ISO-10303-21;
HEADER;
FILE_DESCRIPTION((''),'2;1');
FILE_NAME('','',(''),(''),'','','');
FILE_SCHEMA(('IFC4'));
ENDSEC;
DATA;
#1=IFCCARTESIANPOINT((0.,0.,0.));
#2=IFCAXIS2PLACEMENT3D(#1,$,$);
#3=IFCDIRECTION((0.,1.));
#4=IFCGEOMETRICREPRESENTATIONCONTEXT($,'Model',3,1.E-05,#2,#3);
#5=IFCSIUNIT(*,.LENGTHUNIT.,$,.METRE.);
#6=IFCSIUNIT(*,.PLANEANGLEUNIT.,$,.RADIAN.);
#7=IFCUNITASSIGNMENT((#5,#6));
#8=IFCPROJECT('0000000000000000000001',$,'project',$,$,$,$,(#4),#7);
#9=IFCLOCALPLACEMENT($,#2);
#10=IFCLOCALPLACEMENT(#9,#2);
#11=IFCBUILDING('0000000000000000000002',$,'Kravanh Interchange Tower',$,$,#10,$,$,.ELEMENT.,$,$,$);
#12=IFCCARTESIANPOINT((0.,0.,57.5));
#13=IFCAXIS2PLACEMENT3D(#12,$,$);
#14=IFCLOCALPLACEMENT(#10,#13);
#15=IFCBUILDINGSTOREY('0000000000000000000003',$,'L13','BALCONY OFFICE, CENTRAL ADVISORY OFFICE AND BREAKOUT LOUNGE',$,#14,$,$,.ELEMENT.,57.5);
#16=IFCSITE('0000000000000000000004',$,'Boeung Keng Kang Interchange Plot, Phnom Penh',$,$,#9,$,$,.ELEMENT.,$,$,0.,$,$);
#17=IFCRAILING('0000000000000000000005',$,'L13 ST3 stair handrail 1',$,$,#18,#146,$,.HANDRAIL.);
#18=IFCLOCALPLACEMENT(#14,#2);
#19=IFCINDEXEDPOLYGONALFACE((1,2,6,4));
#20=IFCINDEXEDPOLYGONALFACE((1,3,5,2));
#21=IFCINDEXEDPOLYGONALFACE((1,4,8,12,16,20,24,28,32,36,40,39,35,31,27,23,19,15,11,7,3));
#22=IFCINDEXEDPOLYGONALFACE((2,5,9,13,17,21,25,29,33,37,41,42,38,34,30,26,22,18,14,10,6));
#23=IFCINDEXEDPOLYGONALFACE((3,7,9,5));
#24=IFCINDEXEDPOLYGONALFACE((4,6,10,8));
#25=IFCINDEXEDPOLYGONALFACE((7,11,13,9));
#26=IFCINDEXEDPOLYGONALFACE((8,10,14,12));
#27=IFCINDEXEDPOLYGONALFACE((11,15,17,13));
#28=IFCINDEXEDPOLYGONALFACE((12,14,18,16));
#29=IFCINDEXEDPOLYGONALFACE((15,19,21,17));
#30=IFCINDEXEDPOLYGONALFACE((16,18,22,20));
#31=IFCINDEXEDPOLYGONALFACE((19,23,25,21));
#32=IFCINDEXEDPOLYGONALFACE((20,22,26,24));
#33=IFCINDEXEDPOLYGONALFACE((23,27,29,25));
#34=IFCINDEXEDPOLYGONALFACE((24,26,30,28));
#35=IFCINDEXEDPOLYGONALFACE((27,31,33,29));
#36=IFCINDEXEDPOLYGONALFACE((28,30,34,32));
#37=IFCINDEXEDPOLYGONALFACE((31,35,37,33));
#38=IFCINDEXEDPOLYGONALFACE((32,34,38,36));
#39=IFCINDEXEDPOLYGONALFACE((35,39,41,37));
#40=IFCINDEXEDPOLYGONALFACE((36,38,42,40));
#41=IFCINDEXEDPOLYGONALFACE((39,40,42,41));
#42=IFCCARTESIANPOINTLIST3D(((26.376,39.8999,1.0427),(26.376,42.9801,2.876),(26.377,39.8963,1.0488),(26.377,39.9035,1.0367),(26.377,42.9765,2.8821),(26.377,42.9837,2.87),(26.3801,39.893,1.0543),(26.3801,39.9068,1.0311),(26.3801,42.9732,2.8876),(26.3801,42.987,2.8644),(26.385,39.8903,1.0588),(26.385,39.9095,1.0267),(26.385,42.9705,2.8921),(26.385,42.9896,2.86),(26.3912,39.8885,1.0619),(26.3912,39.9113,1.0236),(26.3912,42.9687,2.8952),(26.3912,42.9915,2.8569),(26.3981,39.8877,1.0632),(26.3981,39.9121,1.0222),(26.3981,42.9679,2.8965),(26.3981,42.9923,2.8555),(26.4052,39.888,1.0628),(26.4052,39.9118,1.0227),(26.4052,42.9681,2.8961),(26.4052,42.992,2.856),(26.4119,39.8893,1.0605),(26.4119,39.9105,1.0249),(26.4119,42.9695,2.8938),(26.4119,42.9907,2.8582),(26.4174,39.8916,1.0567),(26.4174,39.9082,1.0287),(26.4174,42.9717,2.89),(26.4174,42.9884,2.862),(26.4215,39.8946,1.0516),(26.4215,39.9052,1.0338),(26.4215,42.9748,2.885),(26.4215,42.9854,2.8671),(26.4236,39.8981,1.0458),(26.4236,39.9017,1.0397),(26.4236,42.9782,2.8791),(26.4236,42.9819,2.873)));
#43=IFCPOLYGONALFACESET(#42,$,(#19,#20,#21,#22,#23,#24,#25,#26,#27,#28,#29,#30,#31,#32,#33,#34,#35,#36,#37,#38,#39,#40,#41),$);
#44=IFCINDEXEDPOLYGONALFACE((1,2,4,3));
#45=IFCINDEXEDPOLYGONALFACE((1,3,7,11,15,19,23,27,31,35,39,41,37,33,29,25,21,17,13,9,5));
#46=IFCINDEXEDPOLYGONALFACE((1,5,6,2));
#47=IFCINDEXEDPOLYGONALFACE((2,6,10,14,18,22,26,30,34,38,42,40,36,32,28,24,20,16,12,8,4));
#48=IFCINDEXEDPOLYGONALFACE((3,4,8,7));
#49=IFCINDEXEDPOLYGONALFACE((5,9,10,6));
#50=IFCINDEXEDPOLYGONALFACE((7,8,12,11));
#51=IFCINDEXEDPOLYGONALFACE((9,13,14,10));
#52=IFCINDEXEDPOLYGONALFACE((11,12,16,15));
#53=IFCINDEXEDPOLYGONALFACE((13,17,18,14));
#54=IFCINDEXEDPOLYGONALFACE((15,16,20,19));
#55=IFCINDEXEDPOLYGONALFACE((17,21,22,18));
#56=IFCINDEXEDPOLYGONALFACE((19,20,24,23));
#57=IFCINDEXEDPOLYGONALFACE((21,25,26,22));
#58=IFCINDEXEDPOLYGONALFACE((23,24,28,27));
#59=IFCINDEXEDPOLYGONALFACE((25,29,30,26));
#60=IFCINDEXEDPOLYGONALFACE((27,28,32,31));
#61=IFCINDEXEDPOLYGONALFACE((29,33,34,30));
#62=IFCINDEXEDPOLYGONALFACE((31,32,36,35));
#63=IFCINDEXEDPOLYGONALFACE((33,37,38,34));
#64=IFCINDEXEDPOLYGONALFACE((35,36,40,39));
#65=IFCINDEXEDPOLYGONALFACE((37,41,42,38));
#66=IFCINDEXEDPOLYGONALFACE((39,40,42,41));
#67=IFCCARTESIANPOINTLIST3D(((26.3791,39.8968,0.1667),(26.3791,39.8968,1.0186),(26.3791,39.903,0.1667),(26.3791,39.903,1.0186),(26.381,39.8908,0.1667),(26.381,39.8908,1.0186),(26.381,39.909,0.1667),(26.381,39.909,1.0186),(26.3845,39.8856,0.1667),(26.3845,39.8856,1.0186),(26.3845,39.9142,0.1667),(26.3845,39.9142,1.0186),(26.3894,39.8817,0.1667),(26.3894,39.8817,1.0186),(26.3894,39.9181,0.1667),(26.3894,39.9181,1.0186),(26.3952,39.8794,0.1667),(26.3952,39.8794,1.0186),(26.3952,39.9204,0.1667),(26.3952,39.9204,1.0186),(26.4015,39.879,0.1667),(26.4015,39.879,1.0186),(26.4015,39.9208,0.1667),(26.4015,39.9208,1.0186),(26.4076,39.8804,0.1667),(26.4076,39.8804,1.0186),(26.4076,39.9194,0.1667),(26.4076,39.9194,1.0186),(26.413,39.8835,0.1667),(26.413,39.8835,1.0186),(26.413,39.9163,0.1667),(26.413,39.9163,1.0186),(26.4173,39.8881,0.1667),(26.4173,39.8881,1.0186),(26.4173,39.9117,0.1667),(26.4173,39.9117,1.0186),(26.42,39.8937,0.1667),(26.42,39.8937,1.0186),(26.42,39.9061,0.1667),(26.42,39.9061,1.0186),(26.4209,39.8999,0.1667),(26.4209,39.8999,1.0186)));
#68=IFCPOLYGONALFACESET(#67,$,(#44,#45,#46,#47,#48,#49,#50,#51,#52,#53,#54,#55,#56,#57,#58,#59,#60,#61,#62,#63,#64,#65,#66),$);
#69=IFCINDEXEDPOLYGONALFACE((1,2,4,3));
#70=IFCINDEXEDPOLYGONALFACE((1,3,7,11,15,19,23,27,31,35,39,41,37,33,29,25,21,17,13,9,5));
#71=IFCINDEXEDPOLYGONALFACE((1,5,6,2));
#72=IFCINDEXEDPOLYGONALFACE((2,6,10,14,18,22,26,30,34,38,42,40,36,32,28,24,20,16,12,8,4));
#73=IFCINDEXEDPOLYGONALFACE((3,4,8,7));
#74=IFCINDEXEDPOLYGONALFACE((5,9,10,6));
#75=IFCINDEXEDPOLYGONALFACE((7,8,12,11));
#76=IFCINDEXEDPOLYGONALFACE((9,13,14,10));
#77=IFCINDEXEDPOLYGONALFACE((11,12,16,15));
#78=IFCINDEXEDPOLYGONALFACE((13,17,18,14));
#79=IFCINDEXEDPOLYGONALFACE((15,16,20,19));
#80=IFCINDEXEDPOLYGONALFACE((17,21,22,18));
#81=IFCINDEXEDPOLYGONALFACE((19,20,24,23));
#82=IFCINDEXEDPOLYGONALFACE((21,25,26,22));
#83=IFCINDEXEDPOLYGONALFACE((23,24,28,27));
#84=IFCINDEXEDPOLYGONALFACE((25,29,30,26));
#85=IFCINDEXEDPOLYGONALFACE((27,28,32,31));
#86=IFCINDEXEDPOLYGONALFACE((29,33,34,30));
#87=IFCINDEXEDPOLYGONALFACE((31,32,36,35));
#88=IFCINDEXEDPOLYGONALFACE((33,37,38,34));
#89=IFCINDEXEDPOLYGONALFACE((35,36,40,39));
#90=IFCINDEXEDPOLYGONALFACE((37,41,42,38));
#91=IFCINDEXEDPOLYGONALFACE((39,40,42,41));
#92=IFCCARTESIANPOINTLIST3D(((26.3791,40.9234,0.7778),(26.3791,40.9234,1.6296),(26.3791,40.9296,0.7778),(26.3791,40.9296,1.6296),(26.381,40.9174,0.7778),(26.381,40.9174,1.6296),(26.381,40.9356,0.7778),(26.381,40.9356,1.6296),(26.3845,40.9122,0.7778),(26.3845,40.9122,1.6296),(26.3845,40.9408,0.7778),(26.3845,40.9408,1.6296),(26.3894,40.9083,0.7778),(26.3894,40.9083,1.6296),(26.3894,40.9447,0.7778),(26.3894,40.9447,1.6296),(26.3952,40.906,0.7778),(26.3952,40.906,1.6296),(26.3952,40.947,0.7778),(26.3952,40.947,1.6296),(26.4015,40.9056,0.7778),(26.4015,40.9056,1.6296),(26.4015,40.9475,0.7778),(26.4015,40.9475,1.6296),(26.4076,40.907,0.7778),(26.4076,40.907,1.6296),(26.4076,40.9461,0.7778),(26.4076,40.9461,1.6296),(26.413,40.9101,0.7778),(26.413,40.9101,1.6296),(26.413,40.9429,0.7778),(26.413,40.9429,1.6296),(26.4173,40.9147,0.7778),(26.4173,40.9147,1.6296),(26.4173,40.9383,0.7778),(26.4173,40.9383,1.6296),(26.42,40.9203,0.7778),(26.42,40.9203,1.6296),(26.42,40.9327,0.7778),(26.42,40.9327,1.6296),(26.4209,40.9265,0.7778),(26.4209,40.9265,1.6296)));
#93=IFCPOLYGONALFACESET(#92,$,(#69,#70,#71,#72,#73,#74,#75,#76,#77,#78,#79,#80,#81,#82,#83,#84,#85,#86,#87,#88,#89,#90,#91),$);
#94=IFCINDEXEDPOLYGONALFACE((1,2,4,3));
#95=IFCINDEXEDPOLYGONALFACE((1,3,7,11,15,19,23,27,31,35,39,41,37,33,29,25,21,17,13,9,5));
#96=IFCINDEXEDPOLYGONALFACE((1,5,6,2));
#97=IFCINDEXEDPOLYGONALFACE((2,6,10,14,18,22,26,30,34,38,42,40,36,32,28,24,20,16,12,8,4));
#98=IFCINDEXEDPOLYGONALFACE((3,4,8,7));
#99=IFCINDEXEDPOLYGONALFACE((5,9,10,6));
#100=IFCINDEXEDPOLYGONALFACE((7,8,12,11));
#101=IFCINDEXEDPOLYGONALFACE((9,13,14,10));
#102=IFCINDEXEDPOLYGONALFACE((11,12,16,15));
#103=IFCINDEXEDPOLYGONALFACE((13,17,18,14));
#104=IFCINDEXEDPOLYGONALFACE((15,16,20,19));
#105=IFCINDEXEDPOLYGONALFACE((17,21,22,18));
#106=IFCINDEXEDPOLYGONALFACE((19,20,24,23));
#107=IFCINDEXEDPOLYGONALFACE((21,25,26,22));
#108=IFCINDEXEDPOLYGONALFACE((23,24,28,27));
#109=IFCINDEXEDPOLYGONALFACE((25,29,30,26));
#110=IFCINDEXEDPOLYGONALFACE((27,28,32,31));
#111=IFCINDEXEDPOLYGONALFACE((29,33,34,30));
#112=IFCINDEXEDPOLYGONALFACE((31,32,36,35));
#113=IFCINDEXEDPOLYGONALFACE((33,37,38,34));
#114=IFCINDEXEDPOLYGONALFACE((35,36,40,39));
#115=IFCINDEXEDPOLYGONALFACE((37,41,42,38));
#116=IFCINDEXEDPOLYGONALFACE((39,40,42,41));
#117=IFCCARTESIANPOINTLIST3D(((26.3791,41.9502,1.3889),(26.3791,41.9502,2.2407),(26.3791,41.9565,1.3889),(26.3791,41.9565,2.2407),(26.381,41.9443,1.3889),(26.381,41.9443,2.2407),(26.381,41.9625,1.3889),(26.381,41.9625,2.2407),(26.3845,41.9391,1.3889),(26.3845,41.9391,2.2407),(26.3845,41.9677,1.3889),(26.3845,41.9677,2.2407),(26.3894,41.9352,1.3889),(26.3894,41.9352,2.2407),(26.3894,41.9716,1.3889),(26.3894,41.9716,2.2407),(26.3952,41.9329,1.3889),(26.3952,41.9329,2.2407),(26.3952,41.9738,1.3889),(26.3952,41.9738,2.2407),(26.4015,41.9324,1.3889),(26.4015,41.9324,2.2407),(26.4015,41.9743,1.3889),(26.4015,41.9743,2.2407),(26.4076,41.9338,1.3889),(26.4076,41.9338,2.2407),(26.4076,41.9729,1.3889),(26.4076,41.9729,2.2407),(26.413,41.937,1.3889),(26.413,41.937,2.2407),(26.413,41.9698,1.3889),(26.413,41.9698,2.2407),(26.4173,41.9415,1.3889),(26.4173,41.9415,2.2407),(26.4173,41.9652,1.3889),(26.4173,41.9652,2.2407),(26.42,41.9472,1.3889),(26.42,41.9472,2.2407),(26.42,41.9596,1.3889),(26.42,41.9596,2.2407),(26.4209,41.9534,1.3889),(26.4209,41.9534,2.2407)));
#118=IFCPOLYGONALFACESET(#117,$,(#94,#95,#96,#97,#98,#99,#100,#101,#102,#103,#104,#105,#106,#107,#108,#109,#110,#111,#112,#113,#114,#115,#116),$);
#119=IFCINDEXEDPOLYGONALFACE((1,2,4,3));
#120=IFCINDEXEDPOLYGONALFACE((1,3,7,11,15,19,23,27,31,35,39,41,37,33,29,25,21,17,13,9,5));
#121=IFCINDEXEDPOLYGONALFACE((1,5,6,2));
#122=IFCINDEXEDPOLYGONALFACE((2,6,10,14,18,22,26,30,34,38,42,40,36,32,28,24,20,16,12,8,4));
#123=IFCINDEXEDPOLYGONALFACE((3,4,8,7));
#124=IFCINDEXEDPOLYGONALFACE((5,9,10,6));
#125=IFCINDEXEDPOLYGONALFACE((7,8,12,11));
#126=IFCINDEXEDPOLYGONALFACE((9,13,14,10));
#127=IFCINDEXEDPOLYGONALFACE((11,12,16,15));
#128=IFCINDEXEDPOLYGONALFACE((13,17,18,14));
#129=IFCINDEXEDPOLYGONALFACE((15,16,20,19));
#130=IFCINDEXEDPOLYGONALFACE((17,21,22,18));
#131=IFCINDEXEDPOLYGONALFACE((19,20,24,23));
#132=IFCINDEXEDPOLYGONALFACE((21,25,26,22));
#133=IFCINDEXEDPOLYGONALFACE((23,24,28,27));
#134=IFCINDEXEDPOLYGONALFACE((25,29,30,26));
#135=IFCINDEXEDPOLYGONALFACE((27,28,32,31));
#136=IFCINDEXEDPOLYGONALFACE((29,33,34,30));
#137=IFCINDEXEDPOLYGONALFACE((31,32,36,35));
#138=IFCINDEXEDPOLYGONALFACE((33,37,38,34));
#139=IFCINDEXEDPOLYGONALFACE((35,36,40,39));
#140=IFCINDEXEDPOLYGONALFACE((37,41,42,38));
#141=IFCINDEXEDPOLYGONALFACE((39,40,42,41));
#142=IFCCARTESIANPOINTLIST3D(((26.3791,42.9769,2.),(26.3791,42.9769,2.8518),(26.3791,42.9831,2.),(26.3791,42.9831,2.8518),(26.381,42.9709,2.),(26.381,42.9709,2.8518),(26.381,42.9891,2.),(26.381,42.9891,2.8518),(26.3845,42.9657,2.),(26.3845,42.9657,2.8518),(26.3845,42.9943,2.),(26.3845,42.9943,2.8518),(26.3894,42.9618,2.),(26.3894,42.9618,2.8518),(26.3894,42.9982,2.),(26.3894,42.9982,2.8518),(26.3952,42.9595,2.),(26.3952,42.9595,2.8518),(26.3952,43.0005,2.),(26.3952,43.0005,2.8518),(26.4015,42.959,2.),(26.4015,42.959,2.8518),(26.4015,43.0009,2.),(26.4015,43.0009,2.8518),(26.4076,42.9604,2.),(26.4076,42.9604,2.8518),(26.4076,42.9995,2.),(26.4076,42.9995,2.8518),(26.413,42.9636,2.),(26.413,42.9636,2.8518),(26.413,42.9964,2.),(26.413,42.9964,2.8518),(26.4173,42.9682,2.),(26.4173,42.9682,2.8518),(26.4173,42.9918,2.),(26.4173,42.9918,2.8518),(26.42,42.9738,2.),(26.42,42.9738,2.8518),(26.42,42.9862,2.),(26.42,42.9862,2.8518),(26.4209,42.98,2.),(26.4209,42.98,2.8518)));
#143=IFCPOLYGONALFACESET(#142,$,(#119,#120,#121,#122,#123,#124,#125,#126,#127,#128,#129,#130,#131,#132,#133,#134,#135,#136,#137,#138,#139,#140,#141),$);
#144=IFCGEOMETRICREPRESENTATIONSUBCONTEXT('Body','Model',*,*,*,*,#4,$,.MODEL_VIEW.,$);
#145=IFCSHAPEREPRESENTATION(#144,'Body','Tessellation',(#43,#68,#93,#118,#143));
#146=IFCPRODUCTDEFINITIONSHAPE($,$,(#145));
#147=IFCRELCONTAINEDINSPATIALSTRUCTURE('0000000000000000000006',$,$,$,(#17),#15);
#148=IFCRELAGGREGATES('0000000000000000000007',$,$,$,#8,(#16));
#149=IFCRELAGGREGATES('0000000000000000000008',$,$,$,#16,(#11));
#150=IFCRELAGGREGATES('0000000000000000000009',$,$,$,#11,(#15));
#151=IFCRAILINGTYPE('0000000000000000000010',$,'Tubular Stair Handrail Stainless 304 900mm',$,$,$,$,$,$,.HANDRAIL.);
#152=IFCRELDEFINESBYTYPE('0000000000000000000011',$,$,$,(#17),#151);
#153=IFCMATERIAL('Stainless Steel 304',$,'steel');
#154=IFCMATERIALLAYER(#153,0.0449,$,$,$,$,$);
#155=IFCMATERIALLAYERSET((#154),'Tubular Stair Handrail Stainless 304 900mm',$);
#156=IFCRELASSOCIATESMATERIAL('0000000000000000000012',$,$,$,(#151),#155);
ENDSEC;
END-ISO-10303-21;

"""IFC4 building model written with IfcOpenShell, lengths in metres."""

from ifc_helpers import new_model, si_unit, direction, frame, origin, origin_2d, place, context, subcontext, project, spatial, circle, extrude, material, layer, layer_set, type_object, element, save


model = new_model("IFC4")

# Units and contexts
model_context = context("Model", 3, precision=1e-05, world=origin(), true_north=direction((0.0, 1.0)))
body_context = subcontext(model_context, "Body", "Model", "MODEL_VIEW")
ifc_project = project(units=[si_unit("LENGTHUNIT", "METRE"), si_unit("PLANEANGLEUNIT", "RADIAN")], contexts=[model_context])

# Site, building, storey
site_placement = place(None, origin())
site = spatial("IfcSite", under=ifc_project, at=site_placement, Name="Boeung Keng Kang Interchange Plot, Phnom Penh", CompositionType="ELEMENT", RefElevation=0.0)
building_placement = place(site_placement, origin())
building = spatial("IfcBuilding", under=site, at=building_placement, Name="Kravanh Interchange Tower", CompositionType="ELEMENT")
storey_placement = place(building_placement, frame((0.0, 0.0, 57.5)))
storey = spatial("IfcBuildingStorey", under=building, at=storey_placement, Name="L13", Description="BALCONY OFFICE, CENTRAL ADVISORY OFFICE AND BREAKOUT LOUNGE", CompositionType="ELEMENT", Elevation=57.5)

# Railing
ifc_material_1 = material(Name="Stainless Steel 304", Category="steel")
ifc_layer_1 = layer(ifc_material_1, 0.0449)
ifc_layer_set_1 = layer_set([ifc_layer_1], Name="Tubular Stair Handrail Stainless 304 900mm")
railing_type_1 = type_object("IfcRailingType", Name="Tubular Stair Handrail Stainless 304 900mm", PredefinedType="HANDRAIL", material=ifc_layer_set_1)
railing_1_placement = place(storey_placement, frame((26.3999, 39.8999, 0.1667)))
element("IfcRailing", 1, at=railing_1_placement, inside=storey, type_object=railing_type_1, Name="L13 ST3 stair handrail 1", PredefinedType="HANDRAIL", context=body_context, shape_type="SweptSolid", body=[
    extrude(circle(Radius=0.0239, at=origin_2d()), frame((0.0, 0.0, 0.876), z_axis=(0.0, 0.859309, 0.511458), x_axis=(-1.0, 0.0, 0.0)), (0.0, 0.0, 1.0), 3.5845),
    extrude(circle(Radius=0.021, at=origin_2d()), origin(), (0.0, 0.0, 1.0), 0.8518),
    extrude(circle(Radius=0.021, at=origin_2d()), frame((0.0, 1.0266, 0.6111)), (0.0, 0.0, 1.0), 0.8518),
    extrude(circle(Radius=0.021, at=origin_2d()), frame((0.0, 2.0535, 1.2222)), (0.0, 0.0, 1.0), 0.8518),
    extrude(circle(Radius=0.021, at=origin_2d()), frame((0.0, 3.0801, 1.8333)), (0.0, 0.0, 1.0), 0.8518),
])

save(model, "model.ifc")
